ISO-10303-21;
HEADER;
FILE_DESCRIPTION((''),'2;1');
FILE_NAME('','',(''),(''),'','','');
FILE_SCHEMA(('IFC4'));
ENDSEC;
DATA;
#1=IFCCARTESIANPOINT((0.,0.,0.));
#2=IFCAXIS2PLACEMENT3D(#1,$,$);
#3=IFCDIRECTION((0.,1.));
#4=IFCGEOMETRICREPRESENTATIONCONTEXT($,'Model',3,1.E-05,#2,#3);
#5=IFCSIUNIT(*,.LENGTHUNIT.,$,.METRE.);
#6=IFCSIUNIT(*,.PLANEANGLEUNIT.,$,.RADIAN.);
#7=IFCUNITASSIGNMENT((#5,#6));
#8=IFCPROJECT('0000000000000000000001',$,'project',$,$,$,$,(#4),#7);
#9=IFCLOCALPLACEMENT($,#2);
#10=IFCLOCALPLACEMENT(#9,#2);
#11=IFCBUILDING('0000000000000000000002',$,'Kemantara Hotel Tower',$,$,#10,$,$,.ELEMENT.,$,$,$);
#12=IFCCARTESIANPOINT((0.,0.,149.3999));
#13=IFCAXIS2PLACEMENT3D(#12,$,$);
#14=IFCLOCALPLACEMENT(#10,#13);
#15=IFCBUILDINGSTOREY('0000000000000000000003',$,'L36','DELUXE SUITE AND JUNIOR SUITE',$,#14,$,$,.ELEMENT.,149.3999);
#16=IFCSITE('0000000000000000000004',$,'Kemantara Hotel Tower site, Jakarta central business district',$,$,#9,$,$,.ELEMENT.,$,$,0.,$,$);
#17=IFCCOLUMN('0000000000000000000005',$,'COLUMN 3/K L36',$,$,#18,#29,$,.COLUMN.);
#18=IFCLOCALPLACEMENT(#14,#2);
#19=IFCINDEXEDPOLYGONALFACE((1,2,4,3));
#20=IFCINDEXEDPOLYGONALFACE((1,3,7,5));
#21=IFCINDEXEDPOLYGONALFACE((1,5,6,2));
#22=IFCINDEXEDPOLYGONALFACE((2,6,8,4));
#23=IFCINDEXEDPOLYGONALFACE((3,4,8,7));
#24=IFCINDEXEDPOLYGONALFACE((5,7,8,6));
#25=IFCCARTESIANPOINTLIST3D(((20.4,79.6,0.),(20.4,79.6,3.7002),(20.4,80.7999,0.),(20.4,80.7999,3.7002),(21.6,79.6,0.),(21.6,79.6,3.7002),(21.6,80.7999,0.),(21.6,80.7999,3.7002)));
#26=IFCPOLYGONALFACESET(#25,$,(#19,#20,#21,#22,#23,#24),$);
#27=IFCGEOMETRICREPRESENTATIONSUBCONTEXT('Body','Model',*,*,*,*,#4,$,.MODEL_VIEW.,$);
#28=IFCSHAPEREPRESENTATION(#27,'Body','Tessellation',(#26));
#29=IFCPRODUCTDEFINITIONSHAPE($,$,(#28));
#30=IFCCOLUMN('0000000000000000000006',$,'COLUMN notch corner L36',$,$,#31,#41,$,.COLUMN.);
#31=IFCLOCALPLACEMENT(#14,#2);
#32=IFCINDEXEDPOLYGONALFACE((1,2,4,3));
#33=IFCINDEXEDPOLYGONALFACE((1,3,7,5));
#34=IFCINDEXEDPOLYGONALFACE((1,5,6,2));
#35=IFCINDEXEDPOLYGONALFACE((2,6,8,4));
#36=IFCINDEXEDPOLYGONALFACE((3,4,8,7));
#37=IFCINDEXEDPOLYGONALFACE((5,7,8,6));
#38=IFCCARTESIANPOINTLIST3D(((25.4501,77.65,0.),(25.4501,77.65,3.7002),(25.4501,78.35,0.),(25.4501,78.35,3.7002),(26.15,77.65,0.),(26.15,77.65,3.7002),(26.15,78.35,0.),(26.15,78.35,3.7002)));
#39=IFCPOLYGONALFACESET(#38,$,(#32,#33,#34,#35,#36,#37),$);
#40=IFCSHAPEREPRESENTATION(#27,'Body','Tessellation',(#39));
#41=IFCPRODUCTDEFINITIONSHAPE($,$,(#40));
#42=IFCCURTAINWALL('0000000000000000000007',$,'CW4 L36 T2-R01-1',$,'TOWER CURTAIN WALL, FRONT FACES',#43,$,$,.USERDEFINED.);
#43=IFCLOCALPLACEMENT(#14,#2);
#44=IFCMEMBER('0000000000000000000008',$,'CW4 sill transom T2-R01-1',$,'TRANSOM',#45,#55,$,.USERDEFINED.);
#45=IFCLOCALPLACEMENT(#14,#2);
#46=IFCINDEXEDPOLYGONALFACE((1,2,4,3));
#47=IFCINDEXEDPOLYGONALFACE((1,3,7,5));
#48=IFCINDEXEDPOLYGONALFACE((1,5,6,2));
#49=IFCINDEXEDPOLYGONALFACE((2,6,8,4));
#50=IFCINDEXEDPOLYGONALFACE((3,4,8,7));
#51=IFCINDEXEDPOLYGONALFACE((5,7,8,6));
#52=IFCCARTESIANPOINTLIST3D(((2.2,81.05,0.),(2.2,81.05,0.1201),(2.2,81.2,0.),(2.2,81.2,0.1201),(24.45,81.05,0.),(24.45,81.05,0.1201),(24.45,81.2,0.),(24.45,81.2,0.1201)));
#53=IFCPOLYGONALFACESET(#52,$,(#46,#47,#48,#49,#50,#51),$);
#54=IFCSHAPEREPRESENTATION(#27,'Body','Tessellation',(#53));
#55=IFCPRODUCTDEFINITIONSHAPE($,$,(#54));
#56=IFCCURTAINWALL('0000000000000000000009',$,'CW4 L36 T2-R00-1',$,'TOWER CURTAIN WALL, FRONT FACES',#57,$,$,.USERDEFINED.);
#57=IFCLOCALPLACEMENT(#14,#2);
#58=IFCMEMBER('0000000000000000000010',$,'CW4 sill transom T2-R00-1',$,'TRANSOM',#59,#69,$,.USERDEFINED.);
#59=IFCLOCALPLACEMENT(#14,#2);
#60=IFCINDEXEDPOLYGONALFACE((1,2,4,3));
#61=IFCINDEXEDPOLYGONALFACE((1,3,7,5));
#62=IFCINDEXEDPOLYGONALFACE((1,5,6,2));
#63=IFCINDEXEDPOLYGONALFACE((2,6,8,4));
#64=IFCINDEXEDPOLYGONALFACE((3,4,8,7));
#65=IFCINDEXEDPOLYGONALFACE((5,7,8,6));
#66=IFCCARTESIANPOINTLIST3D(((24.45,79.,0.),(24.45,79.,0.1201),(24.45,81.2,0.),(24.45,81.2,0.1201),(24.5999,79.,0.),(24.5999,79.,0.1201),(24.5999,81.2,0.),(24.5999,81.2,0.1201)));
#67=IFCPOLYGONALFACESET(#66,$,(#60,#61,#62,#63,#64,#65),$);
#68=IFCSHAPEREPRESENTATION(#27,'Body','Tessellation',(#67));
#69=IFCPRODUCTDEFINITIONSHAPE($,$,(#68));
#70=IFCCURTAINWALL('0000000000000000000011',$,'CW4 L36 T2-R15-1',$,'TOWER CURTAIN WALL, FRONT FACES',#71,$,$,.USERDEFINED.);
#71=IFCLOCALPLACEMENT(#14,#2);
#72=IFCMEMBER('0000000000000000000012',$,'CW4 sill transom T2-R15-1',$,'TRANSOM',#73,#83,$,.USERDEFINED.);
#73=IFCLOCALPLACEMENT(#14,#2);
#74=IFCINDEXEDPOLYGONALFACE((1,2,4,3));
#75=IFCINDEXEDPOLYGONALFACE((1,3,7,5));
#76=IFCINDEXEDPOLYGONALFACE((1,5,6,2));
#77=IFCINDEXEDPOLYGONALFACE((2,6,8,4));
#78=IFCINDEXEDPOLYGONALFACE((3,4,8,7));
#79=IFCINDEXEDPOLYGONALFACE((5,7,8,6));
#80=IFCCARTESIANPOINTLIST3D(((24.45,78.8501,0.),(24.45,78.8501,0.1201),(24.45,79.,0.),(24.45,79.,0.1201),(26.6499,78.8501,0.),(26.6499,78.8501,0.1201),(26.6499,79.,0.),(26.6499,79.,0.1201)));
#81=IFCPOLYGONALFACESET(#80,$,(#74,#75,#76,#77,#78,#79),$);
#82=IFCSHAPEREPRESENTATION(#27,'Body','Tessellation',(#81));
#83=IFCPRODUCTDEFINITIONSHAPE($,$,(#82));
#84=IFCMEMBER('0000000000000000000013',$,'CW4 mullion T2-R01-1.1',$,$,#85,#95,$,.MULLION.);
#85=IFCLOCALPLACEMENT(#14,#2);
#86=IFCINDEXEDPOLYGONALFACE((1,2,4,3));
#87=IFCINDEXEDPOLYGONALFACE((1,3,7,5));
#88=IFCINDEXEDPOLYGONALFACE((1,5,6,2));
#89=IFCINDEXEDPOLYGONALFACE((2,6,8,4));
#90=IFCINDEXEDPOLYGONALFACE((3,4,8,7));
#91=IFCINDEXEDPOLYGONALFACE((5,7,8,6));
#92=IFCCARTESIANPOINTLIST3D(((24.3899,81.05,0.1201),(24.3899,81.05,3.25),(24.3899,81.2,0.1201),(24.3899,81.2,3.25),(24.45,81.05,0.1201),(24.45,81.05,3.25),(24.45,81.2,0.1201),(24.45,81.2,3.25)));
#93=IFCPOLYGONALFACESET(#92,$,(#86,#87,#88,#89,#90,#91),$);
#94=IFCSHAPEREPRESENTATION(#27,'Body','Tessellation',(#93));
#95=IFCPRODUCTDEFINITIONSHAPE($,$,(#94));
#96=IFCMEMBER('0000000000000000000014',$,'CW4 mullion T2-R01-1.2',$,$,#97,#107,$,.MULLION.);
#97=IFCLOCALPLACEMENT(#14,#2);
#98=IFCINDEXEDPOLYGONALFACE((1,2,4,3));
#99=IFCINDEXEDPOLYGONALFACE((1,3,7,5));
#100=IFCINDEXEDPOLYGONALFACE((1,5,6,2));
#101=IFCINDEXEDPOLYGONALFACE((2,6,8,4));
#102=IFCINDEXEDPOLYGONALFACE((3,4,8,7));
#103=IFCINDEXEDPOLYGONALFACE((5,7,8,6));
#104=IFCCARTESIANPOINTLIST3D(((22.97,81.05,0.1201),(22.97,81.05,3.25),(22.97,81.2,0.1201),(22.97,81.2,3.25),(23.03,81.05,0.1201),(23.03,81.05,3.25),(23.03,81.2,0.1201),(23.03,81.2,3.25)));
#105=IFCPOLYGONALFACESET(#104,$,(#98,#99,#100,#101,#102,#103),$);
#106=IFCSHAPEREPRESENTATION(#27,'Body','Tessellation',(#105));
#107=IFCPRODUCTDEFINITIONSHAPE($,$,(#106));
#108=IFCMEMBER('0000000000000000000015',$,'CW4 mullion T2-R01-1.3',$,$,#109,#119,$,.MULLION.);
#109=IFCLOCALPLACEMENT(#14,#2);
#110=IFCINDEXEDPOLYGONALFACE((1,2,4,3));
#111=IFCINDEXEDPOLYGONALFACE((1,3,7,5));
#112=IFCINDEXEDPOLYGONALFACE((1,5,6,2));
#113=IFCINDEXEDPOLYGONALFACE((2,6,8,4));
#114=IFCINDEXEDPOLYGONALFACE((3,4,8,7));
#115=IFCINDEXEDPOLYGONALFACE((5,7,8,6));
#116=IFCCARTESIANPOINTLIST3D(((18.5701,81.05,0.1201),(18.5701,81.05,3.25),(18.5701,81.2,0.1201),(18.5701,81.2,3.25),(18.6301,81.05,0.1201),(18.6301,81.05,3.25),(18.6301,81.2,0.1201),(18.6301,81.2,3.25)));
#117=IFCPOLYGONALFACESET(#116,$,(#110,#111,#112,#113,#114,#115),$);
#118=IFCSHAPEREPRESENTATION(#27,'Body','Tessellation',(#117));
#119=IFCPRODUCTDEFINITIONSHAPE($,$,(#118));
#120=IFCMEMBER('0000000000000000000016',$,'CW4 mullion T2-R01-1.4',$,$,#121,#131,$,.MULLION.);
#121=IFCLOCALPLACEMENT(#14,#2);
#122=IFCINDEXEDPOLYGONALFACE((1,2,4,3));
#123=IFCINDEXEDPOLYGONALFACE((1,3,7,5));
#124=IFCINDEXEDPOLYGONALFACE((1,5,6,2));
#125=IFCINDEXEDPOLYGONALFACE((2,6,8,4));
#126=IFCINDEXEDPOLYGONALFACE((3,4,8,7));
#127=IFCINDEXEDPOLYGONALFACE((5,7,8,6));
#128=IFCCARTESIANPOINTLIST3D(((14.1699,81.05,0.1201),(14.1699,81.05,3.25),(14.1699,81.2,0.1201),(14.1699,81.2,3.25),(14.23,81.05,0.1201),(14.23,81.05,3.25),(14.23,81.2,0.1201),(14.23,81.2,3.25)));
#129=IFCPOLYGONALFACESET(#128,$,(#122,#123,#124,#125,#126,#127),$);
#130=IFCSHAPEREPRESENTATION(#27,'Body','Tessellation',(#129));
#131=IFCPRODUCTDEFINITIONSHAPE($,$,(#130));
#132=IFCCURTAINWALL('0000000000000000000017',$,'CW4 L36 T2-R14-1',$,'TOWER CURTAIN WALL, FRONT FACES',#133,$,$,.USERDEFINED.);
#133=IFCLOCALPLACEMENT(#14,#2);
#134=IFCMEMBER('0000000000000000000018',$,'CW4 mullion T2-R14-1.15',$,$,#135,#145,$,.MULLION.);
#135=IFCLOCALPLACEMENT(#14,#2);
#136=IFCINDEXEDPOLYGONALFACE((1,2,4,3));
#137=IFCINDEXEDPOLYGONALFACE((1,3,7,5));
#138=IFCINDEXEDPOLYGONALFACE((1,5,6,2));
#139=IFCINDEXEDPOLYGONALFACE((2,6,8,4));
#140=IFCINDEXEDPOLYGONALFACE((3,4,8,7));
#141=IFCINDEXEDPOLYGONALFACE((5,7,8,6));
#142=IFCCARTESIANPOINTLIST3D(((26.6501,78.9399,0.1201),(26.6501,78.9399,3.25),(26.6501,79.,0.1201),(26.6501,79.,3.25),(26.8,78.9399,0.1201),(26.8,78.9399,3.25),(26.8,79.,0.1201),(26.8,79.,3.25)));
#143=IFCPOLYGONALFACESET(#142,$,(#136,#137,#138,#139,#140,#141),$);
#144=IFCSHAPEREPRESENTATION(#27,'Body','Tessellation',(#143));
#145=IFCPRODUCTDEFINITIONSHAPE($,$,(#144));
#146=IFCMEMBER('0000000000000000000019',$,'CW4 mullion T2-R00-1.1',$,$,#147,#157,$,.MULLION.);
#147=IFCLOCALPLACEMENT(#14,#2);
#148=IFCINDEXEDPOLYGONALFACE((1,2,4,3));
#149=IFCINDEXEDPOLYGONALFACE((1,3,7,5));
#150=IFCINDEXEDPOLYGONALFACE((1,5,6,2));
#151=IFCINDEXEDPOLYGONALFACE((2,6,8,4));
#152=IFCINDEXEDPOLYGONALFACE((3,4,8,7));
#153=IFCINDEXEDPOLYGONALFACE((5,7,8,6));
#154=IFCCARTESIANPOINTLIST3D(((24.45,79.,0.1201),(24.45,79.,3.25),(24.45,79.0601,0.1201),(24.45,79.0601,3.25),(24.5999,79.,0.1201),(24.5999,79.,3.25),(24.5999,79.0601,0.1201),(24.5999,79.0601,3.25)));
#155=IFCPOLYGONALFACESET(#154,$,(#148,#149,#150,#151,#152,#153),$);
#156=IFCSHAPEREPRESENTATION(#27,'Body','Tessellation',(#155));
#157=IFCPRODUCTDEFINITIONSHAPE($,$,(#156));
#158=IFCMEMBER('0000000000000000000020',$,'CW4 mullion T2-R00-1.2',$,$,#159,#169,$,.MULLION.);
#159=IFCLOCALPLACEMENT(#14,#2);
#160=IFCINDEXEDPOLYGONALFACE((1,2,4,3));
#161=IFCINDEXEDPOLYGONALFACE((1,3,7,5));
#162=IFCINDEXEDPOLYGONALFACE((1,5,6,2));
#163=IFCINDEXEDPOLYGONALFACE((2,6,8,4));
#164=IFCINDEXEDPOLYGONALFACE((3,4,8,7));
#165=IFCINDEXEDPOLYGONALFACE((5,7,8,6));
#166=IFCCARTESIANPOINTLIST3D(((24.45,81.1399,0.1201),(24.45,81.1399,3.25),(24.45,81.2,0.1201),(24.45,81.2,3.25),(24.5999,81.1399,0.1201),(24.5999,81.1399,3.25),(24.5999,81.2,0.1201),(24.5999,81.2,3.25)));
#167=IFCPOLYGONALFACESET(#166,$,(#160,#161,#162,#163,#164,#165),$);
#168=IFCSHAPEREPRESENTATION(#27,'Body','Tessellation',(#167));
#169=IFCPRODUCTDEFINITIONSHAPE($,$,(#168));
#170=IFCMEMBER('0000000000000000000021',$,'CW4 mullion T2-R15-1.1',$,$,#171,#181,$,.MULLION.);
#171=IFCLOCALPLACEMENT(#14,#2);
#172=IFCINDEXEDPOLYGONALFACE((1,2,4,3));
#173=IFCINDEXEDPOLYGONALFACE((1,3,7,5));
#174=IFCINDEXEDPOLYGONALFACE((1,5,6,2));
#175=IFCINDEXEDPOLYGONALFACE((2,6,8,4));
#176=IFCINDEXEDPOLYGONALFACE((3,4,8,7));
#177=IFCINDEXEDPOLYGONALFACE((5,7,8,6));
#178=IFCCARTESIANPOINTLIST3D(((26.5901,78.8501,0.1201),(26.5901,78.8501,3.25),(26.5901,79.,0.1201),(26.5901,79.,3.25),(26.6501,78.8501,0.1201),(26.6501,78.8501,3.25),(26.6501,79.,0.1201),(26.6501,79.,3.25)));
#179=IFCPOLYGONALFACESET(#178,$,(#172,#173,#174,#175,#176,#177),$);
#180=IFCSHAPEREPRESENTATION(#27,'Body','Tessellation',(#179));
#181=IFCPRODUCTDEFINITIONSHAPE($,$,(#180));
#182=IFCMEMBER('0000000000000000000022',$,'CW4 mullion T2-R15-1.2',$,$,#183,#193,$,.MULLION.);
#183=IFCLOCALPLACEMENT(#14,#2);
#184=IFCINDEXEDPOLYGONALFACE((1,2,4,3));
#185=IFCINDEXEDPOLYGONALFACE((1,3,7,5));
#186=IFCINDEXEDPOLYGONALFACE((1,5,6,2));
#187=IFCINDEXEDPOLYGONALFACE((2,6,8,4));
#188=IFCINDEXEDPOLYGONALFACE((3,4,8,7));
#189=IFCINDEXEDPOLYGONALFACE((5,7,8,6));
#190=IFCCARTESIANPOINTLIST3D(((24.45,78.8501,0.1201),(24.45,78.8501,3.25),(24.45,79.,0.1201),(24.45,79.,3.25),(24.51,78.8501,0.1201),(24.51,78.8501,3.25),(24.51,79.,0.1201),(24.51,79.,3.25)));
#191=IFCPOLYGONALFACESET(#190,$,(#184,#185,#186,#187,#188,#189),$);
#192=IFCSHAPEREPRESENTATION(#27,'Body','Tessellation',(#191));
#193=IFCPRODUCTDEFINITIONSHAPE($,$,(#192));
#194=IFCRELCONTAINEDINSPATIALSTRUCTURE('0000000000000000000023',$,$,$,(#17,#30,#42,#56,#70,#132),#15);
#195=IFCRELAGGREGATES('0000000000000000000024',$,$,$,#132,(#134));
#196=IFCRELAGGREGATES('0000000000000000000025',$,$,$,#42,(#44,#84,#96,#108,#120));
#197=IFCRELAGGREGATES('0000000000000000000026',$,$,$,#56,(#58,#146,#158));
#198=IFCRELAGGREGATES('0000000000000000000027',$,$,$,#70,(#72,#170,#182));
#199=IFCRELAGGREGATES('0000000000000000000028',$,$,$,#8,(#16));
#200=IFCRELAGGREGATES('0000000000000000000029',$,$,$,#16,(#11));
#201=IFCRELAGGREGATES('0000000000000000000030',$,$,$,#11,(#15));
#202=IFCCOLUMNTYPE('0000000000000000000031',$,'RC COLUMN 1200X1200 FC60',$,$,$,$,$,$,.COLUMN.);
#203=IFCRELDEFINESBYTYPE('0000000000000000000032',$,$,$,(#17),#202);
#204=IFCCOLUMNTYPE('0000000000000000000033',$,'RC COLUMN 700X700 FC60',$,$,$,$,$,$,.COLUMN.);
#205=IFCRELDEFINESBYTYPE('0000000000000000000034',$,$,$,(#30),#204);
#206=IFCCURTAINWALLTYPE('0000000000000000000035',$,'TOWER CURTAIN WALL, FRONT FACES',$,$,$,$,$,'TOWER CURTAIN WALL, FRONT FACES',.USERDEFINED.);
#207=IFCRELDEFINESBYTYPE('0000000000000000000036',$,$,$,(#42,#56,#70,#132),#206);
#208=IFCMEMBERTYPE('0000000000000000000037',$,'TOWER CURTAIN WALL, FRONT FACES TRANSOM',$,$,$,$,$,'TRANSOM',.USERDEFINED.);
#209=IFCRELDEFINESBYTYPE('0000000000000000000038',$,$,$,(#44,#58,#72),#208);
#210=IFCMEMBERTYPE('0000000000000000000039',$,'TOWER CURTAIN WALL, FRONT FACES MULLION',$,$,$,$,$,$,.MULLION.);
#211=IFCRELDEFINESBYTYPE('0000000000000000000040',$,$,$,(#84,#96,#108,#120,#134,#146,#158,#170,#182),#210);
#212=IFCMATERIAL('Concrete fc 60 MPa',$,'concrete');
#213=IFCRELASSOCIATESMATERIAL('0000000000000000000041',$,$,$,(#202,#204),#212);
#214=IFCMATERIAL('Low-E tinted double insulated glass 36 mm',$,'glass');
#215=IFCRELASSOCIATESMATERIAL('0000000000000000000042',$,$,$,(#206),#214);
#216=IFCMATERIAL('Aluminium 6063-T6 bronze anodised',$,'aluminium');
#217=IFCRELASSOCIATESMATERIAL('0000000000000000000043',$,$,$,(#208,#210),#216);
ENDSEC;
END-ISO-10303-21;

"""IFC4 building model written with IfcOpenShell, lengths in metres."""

from ifc_helpers import new_model, si_unit, direction, frame, origin, origin_2d, place, context, subcontext, project, spatial, rectangle, extrude, source, transform, mapped, material, material_profile, profile_set, type_object, element, aggregate, save


model = new_model("IFC4")

# Units and contexts
model_context = context("Model", 3, precision=1e-05, world=origin(), true_north=direction((0.0, 1.0)))
body_context = subcontext(model_context, "Body", "Model", "MODEL_VIEW")
ifc_project = project(units=[si_unit("LENGTHUNIT", "METRE"), si_unit("PLANEANGLEUNIT", "RADIAN")], contexts=[model_context])

# Site, building, storey
site_placement = place(None, origin())
site = spatial("IfcSite", under=ifc_project, at=site_placement, Name="Kemantara Hotel Tower site, Jakarta central business district", CompositionType="ELEMENT", RefElevation=0.0)
building_placement = place(site_placement, origin())
building = spatial("IfcBuilding", under=site, at=building_placement, Name="Kemantara Hotel Tower", CompositionType="ELEMENT")
storey_placement = place(building_placement, frame((0.0, 0.0, 149.3999)))
storey = spatial("IfcBuildingStorey", under=building, at=storey_placement, Name="L36", Description="DELUXE SUITE AND JUNIOR SUITE", CompositionType="ELEMENT", Elevation=149.3999)

# Columns
ifc_material_1 = material(Name="Concrete fc 60 MPa", Category="concrete")
ifc_material_profile_1 = material_profile(ifc_material_1, rectangle(XDim=1.2, YDim=1.2, at=origin_2d()), Name="RC 1200X1200")
ifc_profile_set_1 = profile_set([ifc_material_profile_1], Name="Concrete fc 60 MPa")
column_type_1 = type_object("IfcColumnType", Name="RC COLUMN 1200X1200 FC60", PredefinedType="COLUMN", material=ifc_profile_set_1)
column_1_placement = place(storey_placement, frame((21.0, 80.2, 0.0), z_axis=(0.0, 0.0, 1.0), x_axis=(1.0, 0.0, 0.0)))
element("IfcColumn", 1, at=column_1_placement, inside=storey, type_object=column_type_1, Name="COLUMN 3/K L36", PredefinedType="COLUMN", context=body_context, shape_type="SweptSolid", body=[
    extrude(rectangle(XDim=1.2, YDim=1.2, at=origin_2d()), origin(), (0.0, 0.0, 1.0), 3.7002),
])
ifc_material_profile_2 = material_profile(ifc_material_1, rectangle(XDim=0.7, YDim=0.7, at=origin_2d()), Name="RC 700X700")
ifc_profile_set_2 = profile_set([ifc_material_profile_2], Name="Concrete fc 60 MPa")
column_type_2 = type_object("IfcColumnType", Name="RC COLUMN 700X700 FC60", PredefinedType="COLUMN", material=ifc_profile_set_2)
column_2_placement = place(storey_placement, frame((25.8, 78.0, 0.0), z_axis=(0.0, 0.0, 1.0), x_axis=(1.0, 0.0, 0.0)))
element("IfcColumn", 2, at=column_2_placement, inside=storey, type_object=column_type_2, Name="COLUMN notch corner L36", PredefinedType="COLUMN", context=body_context, shape_type="SweptSolid", body=[
    extrude(rectangle(XDim=0.7, YDim=0.7, at=origin_2d()), origin(), (0.0, 0.0, 1.0), 3.7002),
])

# Curtain walls, members
ifc_material_2 = material(Name="Low-E tinted double insulated glass 36 mm", Category="glass")
curtain_wall_type = type_object("IfcCurtainWallType", Name="TOWER CURTAIN WALL, FRONT FACES", ElementType="TOWER CURTAIN WALL, FRONT FACES", PredefinedType="USERDEFINED", material=ifc_material_2)
curtain_wall_1_placement = place(storey_placement, origin())
curtain_wall_1 = element("IfcCurtainWall", 3, at=curtain_wall_1_placement, inside=storey, type_object=curtain_wall_type, Name="CW4 L36 T2-R01-1", ObjectType="TOWER CURTAIN WALL, FRONT FACES", PredefinedType="USERDEFINED")
ifc_material_3 = material(Name="Aluminium 6063-T6 bronze anodised", Category="aluminium")
ifc_material_profile_3 = material_profile(ifc_material_3, rectangle(XDim=0.1499, YDim=0.1201, at=origin_2d()), Name="TOWER CURTAIN WALL, FRONT FACES TRANSOM")
ifc_profile_set_3 = profile_set([ifc_material_profile_3], Name="Aluminium 6063-T6 bronze anodised")
member_type_1 = type_object("IfcMemberType", Name="TOWER CURTAIN WALL, FRONT FACES TRANSOM", ElementType="TRANSOM", PredefinedType="USERDEFINED", material=ifc_profile_set_3)
member_1_placement = place(storey_placement, frame((24.45, 81.125, 0.0601), z_axis=(-1.0, 0.0, 0.0), x_axis=(0.0, -1.0, 0.0)))
member_1 = element("IfcMember", 4, at=member_1_placement, type_object=member_type_1, Name="CW4 sill transom T2-R01-1", ObjectType="TRANSOM", PredefinedType="USERDEFINED", context=body_context, shape_type="SweptSolid", body=[
    extrude(rectangle(XDim=0.1499, YDim=0.1201, at=origin_2d()), origin(), (0.0, 0.0, 1.0), 22.25),
])
curtain_wall_2_placement = place(storey_placement, origin())
curtain_wall_2 = element("IfcCurtainWall", 5, at=curtain_wall_2_placement, inside=storey, type_object=curtain_wall_type, Name="CW4 L36 T2-R00-1", ObjectType="TOWER CURTAIN WALL, FRONT FACES", PredefinedType="USERDEFINED")
member_2_placement = place(storey_placement, frame((24.5249, 79.0, 0.0601), z_axis=(0.0, 1.0, 0.0), x_axis=(-1.0, 0.0, 0.0)))
member_2 = element("IfcMember", 6, at=member_2_placement, type_object=member_type_1, Name="CW4 sill transom T2-R00-1", ObjectType="TRANSOM", PredefinedType="USERDEFINED", context=body_context, shape_type="SweptSolid", body=[
    extrude(rectangle(XDim=0.1499, YDim=0.1201, at=origin_2d()), origin(), (0.0, 0.0, 1.0), 2.2),
])
curtain_wall_3_placement = place(storey_placement, origin())
curtain_wall_3 = element("IfcCurtainWall", 7, at=curtain_wall_3_placement, inside=storey, type_object=curtain_wall_type, Name="CW4 L36 T2-R15-1", ObjectType="TOWER CURTAIN WALL, FRONT FACES", PredefinedType="USERDEFINED")
member_3_placement = place(storey_placement, frame((26.6499, 78.925, 0.0601), z_axis=(-1.0, 0.0, 0.0), x_axis=(0.0, -1.0, 0.0)))
member_3 = element("IfcMember", 8, at=member_3_placement, type_object=member_type_1, Name="CW4 sill transom T2-R15-1", ObjectType="TRANSOM", PredefinedType="USERDEFINED", context=body_context, shape_type="SweptSolid", body=[
    extrude(rectangle(XDim=0.1499, YDim=0.1201, at=origin_2d()), origin(), (0.0, 0.0, 1.0), 2.2),
])

# Members
ifc_material_profile_4 = material_profile(ifc_material_3, rectangle(XDim=0.1499, YDim=0.0601, at=origin_2d()), Name="TOWER CURTAIN WALL, FRONT FACES MULLION")
ifc_profile_set_4 = profile_set([ifc_material_profile_4], Name="Aluminium 6063-T6 bronze anodised")
member_type_2 = type_object("IfcMemberType", Name="TOWER CURTAIN WALL, FRONT FACES MULLION", PredefinedType="MULLION", material=ifc_profile_set_4)
shared_shape_1 = source(origin(), body_context, "Body", "SweptSolid", [
    extrude(rectangle(XDim=0.1499, YDim=0.0601, at=origin_2d()), origin(), (0.0, 0.0, 1.0), 3.1299),
])
member_4_placement = place(storey_placement, frame((24.4199, 81.125, 0.1201), z_axis=(0.0, 0.0, 1.0), x_axis=(0.0, -1.0, 0.0)))
member_4 = element("IfcMember", 9, at=member_4_placement, type_object=member_type_2, Name="CW4 mullion T2-R01-1.1", PredefinedType="MULLION", context=body_context, shape_type="MappedRepresentation", body=[
    mapped(shared_shape_1, transform((0.0, 0.0, 0.0))),
])
member_5_placement = place(storey_placement, frame((23.0, 81.125, 0.1201), z_axis=(0.0, 0.0, 1.0), x_axis=(0.0, -1.0, 0.0)))
member_5 = element("IfcMember", 10, at=member_5_placement, type_object=member_type_2, Name="CW4 mullion T2-R01-1.2", PredefinedType="MULLION", context=body_context, shape_type="MappedRepresentation", body=[
    mapped(shared_shape_1, transform((0.0, 0.0, 0.0))),
])
member_6_placement = place(storey_placement, frame((18.6001, 81.125, 0.1201), z_axis=(0.0, 0.0, 1.0), x_axis=(0.0, -1.0, 0.0)))
member_6 = element("IfcMember", 11, at=member_6_placement, type_object=member_type_2, Name="CW4 mullion T2-R01-1.3", PredefinedType="MULLION", context=body_context, shape_type="MappedRepresentation", body=[
    mapped(shared_shape_1, transform((0.0, 0.0, 0.0))),
])
member_7_placement = place(storey_placement, frame((14.2, 81.125, 0.1201), z_axis=(0.0, 0.0, 1.0), x_axis=(0.0, -1.0, 0.0)))
member_7 = element("IfcMember", 12, at=member_7_placement, type_object=member_type_2, Name="CW4 mullion T2-R01-1.4", PredefinedType="MULLION", context=body_context, shape_type="MappedRepresentation", body=[
    mapped(shared_shape_1, transform((0.0, 0.0, 0.0))),
])

# Curtain wall, member
curtain_wall_4_placement = place(storey_placement, origin())
curtain_wall_4 = element("IfcCurtainWall", 13, at=curtain_wall_4_placement, inside=storey, type_object=curtain_wall_type, Name="CW4 L36 T2-R14-1", ObjectType="TOWER CURTAIN WALL, FRONT FACES", PredefinedType="USERDEFINED")
member_8_placement = place(storey_placement, frame((26.7251, 78.97, 0.1201), z_axis=(0.0, 0.0, 1.0), x_axis=(-1.0, 0.0, 0.0)))
member_8 = element("IfcMember", 14, at=member_8_placement, type_object=member_type_2, Name="CW4 mullion T2-R14-1.15", PredefinedType="MULLION", context=body_context, shape_type="MappedRepresentation", body=[
    mapped(shared_shape_1, transform((0.0, 0.0, 0.0))),
])

# Members
member_9_placement = place(storey_placement, frame((24.5249, 79.03, 0.1201), z_axis=(0.0, 0.0, 1.0), x_axis=(-1.0, 0.0, 0.0)))
member_9 = element("IfcMember", 15, at=member_9_placement, type_object=member_type_2, Name="CW4 mullion T2-R00-1.1", PredefinedType="MULLION", context=body_context, shape_type="MappedRepresentation", body=[
    mapped(shared_shape_1, transform((0.0, 0.0, 0.0))),
])
member_10_placement = place(storey_placement, frame((24.5249, 81.1699, 0.1201), z_axis=(0.0, 0.0, 1.0), x_axis=(-1.0, 0.0, 0.0)))
member_10 = element("IfcMember", 16, at=member_10_placement, type_object=member_type_2, Name="CW4 mullion T2-R00-1.2", PredefinedType="MULLION", context=body_context, shape_type="MappedRepresentation", body=[
    mapped(shared_shape_1, transform((0.0, 0.0, 0.0))),
])
member_11_placement = place(storey_placement, frame((26.6201, 78.925, 0.1201), z_axis=(0.0, 0.0, 1.0), x_axis=(0.0, -1.0, 0.0)))
member_11 = element("IfcMember", 17, at=member_11_placement, type_object=member_type_2, Name="CW4 mullion T2-R15-1.1", PredefinedType="MULLION", context=body_context, shape_type="MappedRepresentation", body=[
    mapped(shared_shape_1, transform((0.0, 0.0, 0.0))),
])
member_12_placement = place(storey_placement, frame((24.48, 78.925, 0.1201), z_axis=(0.0, 0.0, 1.0), x_axis=(0.0, -1.0, 0.0)))
member_12 = element("IfcMember", 18, at=member_12_placement, type_object=member_type_2, Name="CW4 mullion T2-R15-1.2", PredefinedType="MULLION", context=body_context, shape_type="MappedRepresentation", body=[
    mapped(shared_shape_1, transform((0.0, 0.0, 0.0))),
])

aggregate(curtain_wall_4, [member_8])
aggregate(curtain_wall_1, [member_1, member_4, member_5, member_6, member_7])
aggregate(curtain_wall_2, [member_2, member_9, member_10])
aggregate(curtain_wall_3, [member_3, member_11, member_12])

save(model, "model.ifc")
